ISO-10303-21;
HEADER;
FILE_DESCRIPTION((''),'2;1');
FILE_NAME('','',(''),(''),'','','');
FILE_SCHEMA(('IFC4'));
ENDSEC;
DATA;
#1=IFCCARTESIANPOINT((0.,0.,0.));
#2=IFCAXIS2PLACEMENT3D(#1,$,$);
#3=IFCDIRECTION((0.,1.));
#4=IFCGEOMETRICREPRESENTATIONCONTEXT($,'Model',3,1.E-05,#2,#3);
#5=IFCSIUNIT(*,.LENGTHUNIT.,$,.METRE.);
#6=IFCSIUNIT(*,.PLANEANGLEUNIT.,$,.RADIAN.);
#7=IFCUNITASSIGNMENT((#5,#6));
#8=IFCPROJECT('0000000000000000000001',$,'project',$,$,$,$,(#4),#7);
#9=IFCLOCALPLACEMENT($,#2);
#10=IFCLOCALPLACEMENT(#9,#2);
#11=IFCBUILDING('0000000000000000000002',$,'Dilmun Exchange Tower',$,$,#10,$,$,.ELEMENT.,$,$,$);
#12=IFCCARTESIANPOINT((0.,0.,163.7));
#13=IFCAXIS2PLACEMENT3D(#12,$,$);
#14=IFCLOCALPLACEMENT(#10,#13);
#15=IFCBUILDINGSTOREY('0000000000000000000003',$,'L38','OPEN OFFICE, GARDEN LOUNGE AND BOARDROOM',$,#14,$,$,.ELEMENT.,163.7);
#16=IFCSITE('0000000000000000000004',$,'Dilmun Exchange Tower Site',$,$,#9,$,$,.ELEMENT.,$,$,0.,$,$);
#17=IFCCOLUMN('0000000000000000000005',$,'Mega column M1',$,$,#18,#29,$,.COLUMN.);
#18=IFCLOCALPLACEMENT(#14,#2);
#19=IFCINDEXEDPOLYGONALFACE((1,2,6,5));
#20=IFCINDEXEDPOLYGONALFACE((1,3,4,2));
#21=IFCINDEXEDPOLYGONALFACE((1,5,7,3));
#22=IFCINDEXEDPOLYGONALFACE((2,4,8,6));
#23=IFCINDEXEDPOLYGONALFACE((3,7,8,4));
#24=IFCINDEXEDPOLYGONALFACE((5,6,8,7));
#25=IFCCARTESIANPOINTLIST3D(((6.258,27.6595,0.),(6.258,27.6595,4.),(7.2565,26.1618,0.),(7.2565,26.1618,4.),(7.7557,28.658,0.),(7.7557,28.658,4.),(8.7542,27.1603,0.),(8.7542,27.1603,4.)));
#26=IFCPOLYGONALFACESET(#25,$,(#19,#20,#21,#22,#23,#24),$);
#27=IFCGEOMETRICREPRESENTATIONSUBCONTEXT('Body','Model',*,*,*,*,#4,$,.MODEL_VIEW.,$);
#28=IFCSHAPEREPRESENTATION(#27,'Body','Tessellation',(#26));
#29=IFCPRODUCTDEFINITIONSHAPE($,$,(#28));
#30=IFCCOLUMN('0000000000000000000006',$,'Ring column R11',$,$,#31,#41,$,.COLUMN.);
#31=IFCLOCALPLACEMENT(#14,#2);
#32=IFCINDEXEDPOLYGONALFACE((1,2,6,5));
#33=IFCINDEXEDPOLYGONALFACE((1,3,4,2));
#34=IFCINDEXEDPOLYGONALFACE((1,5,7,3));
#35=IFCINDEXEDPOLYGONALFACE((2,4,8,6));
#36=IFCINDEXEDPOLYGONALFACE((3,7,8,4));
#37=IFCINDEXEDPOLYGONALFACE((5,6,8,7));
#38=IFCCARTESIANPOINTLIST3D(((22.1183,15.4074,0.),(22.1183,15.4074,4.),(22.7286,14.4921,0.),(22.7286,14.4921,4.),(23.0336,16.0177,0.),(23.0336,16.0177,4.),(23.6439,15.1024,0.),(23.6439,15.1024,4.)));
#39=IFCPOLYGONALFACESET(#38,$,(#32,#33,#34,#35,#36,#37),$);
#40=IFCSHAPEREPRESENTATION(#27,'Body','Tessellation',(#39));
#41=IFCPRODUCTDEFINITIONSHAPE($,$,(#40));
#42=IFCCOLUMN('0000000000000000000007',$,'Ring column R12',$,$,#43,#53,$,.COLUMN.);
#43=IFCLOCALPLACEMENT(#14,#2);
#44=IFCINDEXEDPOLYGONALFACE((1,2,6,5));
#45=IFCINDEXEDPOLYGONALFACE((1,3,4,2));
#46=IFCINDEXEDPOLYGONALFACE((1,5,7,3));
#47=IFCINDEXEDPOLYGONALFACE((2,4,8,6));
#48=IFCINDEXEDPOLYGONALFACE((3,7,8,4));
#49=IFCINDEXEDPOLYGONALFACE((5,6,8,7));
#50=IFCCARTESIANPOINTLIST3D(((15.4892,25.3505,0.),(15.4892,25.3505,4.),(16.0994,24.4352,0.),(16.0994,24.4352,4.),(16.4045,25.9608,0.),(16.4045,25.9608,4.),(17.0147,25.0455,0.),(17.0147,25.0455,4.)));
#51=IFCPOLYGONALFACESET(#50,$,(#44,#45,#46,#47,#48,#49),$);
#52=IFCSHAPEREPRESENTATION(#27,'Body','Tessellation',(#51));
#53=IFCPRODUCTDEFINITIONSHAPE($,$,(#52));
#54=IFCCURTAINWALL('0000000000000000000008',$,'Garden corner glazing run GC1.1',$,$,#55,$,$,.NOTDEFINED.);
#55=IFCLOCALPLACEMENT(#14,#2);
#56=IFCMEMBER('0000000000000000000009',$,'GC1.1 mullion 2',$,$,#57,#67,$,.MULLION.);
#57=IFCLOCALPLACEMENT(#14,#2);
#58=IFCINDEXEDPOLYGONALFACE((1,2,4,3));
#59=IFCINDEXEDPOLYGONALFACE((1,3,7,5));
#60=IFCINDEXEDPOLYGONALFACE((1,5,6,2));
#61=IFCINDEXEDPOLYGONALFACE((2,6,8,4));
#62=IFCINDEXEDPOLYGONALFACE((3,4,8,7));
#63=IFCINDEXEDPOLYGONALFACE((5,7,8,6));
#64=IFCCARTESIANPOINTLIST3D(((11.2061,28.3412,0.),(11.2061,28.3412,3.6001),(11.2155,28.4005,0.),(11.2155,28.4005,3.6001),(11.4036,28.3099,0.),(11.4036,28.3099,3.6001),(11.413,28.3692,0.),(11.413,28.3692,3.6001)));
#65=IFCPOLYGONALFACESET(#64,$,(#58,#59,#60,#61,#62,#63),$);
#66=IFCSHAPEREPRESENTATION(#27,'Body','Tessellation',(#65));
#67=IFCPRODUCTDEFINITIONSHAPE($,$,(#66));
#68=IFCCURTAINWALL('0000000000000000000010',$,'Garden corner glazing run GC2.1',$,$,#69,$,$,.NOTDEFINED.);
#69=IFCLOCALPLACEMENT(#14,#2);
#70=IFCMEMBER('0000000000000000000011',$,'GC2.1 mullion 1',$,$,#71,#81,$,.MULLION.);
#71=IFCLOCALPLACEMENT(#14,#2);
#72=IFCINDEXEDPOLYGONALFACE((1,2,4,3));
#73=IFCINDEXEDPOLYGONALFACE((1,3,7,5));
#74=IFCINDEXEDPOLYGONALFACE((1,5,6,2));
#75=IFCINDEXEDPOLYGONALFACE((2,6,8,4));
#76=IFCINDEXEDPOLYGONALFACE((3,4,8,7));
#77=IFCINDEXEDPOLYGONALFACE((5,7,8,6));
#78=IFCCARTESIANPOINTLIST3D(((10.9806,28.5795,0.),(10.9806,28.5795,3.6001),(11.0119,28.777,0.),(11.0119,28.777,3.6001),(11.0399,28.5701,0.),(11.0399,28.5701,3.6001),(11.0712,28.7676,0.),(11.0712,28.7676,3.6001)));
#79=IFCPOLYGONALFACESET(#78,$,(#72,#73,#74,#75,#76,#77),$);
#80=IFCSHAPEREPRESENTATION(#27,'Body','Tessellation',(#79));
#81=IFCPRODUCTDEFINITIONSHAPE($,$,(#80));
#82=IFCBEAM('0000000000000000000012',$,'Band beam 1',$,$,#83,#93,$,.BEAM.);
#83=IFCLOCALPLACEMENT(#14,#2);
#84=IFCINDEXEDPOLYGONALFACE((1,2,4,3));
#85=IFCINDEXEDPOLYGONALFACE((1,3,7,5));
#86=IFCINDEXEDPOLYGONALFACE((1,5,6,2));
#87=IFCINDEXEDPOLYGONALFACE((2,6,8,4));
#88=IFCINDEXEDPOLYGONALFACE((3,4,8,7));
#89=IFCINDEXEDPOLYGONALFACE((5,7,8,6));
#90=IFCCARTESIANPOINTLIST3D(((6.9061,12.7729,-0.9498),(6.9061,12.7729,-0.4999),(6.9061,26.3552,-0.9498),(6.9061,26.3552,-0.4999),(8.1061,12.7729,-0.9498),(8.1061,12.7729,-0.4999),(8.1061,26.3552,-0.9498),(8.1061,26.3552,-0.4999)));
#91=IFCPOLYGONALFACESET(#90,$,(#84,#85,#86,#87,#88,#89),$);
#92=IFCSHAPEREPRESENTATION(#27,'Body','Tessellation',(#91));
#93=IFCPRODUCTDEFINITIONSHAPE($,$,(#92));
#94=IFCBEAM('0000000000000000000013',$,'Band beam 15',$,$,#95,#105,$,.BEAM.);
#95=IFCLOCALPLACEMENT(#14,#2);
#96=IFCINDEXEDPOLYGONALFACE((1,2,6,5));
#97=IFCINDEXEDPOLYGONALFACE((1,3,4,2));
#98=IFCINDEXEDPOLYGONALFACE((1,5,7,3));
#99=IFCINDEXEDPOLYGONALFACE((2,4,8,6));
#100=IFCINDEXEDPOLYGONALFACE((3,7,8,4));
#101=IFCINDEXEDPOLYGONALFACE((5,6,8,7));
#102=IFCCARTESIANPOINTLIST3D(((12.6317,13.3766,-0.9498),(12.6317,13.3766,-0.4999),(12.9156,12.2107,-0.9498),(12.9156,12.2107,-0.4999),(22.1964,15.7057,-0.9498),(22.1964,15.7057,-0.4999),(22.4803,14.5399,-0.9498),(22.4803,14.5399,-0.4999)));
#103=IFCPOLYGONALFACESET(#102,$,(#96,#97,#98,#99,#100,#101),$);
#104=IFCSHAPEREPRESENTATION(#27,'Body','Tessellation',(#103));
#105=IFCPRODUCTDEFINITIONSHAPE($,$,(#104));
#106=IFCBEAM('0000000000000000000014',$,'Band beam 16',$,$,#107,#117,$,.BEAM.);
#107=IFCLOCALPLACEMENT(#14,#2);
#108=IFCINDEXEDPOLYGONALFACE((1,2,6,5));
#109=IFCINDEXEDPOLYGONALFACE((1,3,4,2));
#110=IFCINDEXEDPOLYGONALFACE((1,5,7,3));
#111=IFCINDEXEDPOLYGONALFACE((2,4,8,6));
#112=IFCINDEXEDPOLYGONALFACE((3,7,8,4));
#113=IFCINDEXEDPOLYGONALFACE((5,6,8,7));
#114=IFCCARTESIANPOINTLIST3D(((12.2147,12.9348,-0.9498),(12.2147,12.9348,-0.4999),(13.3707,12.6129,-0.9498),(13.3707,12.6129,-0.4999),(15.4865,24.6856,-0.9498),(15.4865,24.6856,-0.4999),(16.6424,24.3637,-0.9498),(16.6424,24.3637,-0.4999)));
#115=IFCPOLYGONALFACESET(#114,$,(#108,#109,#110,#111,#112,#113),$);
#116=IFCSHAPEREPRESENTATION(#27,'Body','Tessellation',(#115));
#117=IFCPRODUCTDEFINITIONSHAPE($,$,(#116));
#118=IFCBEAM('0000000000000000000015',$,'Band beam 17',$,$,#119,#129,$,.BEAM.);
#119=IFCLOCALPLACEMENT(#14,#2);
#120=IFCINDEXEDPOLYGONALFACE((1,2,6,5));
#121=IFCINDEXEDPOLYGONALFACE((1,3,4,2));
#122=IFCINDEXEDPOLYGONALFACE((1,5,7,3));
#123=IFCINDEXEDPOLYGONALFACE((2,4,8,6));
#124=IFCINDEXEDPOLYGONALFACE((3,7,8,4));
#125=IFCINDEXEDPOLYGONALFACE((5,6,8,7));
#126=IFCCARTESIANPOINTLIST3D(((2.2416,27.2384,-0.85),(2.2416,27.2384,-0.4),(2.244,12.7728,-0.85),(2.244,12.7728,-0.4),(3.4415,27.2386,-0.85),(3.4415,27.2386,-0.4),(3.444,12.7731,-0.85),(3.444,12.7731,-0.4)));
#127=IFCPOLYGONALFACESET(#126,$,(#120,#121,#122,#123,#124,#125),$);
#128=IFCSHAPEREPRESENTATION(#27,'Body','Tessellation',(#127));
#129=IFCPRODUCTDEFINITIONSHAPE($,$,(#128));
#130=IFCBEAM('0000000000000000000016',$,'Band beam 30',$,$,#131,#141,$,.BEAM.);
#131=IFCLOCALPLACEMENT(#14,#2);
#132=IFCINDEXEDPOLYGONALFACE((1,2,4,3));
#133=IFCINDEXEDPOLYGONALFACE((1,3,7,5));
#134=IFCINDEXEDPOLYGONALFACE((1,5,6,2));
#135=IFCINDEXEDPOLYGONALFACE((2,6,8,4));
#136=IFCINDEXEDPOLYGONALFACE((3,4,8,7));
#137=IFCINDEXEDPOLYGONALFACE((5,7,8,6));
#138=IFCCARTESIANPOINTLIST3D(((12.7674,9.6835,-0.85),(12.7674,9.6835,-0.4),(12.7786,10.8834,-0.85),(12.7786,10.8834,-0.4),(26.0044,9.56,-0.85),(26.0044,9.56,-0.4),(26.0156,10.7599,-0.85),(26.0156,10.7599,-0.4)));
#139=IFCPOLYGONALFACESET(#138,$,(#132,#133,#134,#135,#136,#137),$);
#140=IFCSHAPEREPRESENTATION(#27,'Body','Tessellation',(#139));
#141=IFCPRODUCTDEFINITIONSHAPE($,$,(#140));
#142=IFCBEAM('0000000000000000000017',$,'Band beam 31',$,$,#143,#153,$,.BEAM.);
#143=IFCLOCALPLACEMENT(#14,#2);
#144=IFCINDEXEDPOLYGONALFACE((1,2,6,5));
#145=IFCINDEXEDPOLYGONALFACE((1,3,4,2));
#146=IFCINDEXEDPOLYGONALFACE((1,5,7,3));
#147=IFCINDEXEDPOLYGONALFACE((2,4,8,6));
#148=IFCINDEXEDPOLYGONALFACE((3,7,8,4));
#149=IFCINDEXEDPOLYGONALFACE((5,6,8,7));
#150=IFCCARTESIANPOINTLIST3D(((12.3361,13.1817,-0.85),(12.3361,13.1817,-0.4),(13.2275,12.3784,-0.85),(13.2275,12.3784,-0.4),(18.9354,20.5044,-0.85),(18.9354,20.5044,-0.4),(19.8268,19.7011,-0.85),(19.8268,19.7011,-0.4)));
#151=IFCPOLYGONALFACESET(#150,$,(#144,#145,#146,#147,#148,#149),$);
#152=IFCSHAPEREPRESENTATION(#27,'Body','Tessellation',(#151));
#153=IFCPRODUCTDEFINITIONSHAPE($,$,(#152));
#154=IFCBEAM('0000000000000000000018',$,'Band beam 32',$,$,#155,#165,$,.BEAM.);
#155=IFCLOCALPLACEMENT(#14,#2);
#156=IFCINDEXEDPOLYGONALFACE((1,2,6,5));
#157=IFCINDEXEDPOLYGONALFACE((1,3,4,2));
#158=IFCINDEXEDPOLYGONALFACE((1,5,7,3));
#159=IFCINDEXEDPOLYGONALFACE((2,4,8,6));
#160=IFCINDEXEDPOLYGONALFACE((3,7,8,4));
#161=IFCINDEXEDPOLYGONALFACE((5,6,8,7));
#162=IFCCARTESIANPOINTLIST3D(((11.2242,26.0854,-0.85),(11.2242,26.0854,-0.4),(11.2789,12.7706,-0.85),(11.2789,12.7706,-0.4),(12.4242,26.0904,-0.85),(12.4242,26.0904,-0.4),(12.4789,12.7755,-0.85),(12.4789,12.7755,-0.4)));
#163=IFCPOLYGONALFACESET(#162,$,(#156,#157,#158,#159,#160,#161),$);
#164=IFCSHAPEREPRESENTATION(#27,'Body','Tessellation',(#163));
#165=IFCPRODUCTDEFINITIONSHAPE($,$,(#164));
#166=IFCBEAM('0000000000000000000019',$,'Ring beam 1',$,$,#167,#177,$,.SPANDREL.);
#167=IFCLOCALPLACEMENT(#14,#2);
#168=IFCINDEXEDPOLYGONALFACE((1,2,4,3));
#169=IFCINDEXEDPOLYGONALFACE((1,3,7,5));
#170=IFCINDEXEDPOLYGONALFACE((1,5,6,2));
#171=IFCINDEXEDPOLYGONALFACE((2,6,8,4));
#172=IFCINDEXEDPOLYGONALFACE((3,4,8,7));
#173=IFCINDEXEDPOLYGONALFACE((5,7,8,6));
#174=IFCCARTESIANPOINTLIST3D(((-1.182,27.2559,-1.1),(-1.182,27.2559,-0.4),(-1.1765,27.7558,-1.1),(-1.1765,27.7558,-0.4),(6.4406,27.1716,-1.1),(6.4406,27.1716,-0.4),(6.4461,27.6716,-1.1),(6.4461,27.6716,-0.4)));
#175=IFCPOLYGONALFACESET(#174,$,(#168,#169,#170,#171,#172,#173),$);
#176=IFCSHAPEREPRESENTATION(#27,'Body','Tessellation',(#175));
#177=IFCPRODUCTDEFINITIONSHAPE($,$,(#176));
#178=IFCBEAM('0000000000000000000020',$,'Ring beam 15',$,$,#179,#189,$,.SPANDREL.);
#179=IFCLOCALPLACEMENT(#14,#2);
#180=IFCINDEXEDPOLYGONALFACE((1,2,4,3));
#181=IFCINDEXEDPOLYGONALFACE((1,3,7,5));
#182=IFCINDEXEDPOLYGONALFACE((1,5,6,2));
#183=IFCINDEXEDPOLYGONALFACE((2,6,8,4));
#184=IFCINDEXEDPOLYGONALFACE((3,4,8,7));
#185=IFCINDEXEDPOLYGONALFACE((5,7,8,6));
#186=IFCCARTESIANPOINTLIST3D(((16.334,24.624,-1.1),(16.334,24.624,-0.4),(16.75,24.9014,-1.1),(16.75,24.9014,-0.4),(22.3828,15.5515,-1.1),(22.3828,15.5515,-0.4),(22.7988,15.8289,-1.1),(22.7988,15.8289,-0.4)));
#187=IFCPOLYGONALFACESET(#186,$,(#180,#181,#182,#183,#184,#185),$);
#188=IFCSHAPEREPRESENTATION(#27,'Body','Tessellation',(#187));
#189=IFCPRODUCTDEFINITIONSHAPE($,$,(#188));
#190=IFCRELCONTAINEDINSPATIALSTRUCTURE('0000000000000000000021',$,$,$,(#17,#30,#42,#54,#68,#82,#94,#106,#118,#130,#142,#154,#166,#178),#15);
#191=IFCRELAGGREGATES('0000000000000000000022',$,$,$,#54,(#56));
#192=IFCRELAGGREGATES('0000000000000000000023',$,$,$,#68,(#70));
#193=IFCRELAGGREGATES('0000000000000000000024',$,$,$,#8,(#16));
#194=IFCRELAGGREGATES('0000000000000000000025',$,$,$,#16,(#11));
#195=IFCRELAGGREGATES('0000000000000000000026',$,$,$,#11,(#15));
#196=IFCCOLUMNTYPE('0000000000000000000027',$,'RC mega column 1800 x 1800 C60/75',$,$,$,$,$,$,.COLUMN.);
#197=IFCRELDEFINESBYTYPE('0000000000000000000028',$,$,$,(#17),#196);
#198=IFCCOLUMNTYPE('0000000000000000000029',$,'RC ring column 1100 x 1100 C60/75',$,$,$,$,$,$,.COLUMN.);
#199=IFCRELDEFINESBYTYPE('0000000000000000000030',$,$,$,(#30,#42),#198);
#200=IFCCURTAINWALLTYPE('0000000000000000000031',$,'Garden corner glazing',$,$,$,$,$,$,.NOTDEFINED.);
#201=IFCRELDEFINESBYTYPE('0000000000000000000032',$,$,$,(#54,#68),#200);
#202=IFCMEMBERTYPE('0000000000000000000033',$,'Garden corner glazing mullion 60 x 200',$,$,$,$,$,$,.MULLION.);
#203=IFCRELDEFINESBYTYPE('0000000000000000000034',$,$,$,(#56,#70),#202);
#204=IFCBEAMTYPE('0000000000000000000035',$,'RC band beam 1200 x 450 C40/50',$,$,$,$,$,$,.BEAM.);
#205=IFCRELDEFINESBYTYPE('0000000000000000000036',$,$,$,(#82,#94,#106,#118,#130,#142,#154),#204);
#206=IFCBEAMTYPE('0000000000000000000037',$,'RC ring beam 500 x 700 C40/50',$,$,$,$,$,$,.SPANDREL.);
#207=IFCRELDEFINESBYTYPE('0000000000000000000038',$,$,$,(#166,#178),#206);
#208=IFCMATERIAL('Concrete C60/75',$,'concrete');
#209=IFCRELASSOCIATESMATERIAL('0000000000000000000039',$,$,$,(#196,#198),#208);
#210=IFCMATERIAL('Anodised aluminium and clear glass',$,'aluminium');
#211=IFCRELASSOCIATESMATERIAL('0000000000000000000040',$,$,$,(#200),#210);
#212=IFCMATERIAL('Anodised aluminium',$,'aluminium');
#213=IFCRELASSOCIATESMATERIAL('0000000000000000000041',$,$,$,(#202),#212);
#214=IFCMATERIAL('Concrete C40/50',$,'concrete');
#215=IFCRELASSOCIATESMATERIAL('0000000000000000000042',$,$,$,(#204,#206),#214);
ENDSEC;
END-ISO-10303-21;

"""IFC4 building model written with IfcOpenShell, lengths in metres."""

from ifc_helpers import new_model, si_unit, direction, frame, origin, origin_2d, place, context, subcontext, project, spatial, rectangle, extrude, material, material_profile, profile_set, type_object, element, aggregate, save


model = new_model("IFC4")

# Units and contexts
model_context = context("Model", 3, precision=1e-05, world=origin(), true_north=direction((0.0, 1.0)))
body_context = subcontext(model_context, "Body", "Model", "MODEL_VIEW")
ifc_project = project(units=[si_unit("LENGTHUNIT", "METRE"), si_unit("PLANEANGLEUNIT", "RADIAN")], contexts=[model_context])

# Site, building, storey
site_placement = place(None, origin())
site = spatial("IfcSite", under=ifc_project, at=site_placement, Name="Dilmun Exchange Tower Site", CompositionType="ELEMENT", RefElevation=0.0)
building_placement = place(site_placement, origin())
building = spatial("IfcBuilding", under=site, at=building_placement, Name="Dilmun Exchange Tower", CompositionType="ELEMENT")
storey_placement = place(building_placement, frame((0.0, 0.0, 163.7)))
storey = spatial("IfcBuildingStorey", under=building, at=storey_placement, Name="L38", Description="OPEN OFFICE, GARDEN LOUNGE AND BOARDROOM", CompositionType="ELEMENT", Elevation=163.7)

# Columns
ifc_material_1 = material(Name="Concrete C60/75", Category="concrete")
ifc_material_profile_1 = material_profile(ifc_material_1, rectangle(XDim=1.8, YDim=1.8, at=origin_2d()), Name="1800 x 1800")
ifc_profile_set_1 = profile_set([ifc_material_profile_1], Name="Concrete C60/75")
column_type_1 = type_object("IfcColumnType", Name="RC mega column 1800 x 1800 C60/75", PredefinedType="COLUMN", material=ifc_profile_set_1)
column_placement = place(storey_placement, frame((7.5061, 27.4099, 0.0), z_axis=(0.0, 0.0, 1.0), x_axis=(0.832029, 0.554733, 0.0)))
element("IfcColumn", 1, at=column_placement, inside=storey, type_object=column_type_1, Name="Mega column M1", PredefinedType="COLUMN", context=body_context, shape_type="SweptSolid", body=[
    extrude(rectangle(XDim=1.8, YDim=1.8, at=origin_2d()), origin(), (0.0, 0.0, 1.0), 4.0),
])
ifc_material_profile_2 = material_profile(ifc_material_1, rectangle(XDim=1.1001, YDim=1.1001, at=origin_2d()), Name="1100 x 1100")
ifc_profile_set_2 = profile_set([ifc_material_profile_2], Name="Concrete C60/75")
column_type_2 = type_object("IfcColumnType", Name="RC ring column 1100 x 1100 C60/75", PredefinedType="COLUMN", material=ifc_profile_set_2)
for number, where, z_axis, x_axis, name in (
    (2, (22.8811, 15.2549, 0.0), (0.0, 0.0, 1.0), (0.832029, 0.554733, 0.0), "Ring column R11"),
    (3, (16.252, 25.198, 0.0), (0.0, 0.0, 1.0), (0.832029, 0.554733, 0.0), "Ring column R12"),
):
    element("IfcColumn", number, at=place(storey_placement, frame(where, z_axis=z_axis, x_axis=x_axis)), inside=storey, type_object=column_type_2, Name=name, PredefinedType="COLUMN", context=body_context, shape_type="SweptSolid", body=[
        extrude(rectangle(XDim=1.1001, YDim=1.1001, at=origin_2d()), origin(), (0.0, 0.0, 1.0), 4.0),
    ])

# Curtain walls, members
ifc_material_2 = material(Name="Anodised aluminium and clear glass", Category="aluminium")
curtain_wall_type = type_object("IfcCurtainWallType", Name="Garden corner glazing", PredefinedType="NOTDEFINED", material=ifc_material_2)
curtain_wall_1_placement = place(storey_placement, origin())
curtain_wall_1 = element("IfcCurtainWall", 4, at=curtain_wall_1_placement, inside=storey, type_object=curtain_wall_type, Name="Garden corner glazing run GC1.1", PredefinedType="NOTDEFINED")
ifc_material_3 = material(Name="Anodised aluminium", Category="aluminium")
ifc_material_profile_3 = material_profile(ifc_material_3, rectangle(XDim=0.2, YDim=0.0601, at=origin_2d()), Name="AL 60x200")
ifc_profile_set_3 = profile_set([ifc_material_profile_3], Name="Anodised aluminium")
member_type = type_object("IfcMemberType", Name="Garden corner glazing mullion 60 x 200", PredefinedType="MULLION", material=ifc_profile_set_3)
member_1_placement = place(storey_placement, frame((11.3096, 28.3552, 0.0), z_axis=(0.0, 0.0, 1.0), x_axis=(0.987688, -0.156439, 0.0)))
member_1 = element("IfcMember", 5, at=member_1_placement, type_object=member_type, Name="GC1.1 mullion 2", PredefinedType="MULLION", context=body_context, shape_type="SweptSolid", body=[
    extrude(rectangle(XDim=0.2, YDim=0.0601, at=origin_2d()), origin(), (0.0, 0.0, 1.0), 3.6001),
])
aggregate(curtain_wall_1, [member_1])
curtain_wall_2_placement = place(storey_placement, origin())
curtain_wall_2 = element("IfcCurtainWall", 6, at=curtain_wall_2_placement, inside=storey, type_object=curtain_wall_type, Name="Garden corner glazing run GC2.1", PredefinedType="NOTDEFINED")
member_2_placement = place(storey_placement, frame((11.0259, 28.6736, 0.0), z_axis=(0.0, 0.0, 1.0), x_axis=(-0.156421, -0.98769, 0.0)))
member_2 = element("IfcMember", 7, at=member_2_placement, type_object=member_type, Name="GC2.1 mullion 1", PredefinedType="MULLION", context=body_context, shape_type="SweptSolid", body=[
    extrude(rectangle(XDim=0.2, YDim=0.0601, at=origin_2d()), origin(), (0.0, 0.0, 1.0), 3.6001),
])
aggregate(curtain_wall_2, [member_2])

# Beams
ifc_material_4 = material(Name="Concrete C40/50", Category="concrete")
ifc_material_profile_4 = material_profile(ifc_material_4, rectangle(XDim=1.2, YDim=0.45, at=origin_2d()), Name="1200 x 450")
ifc_profile_set_4 = profile_set([ifc_material_profile_4], Name="Concrete C40/50")
beam_type_1 = type_object("IfcBeamType", Name="RC band beam 1200 x 450 C40/50", PredefinedType="BEAM", material=ifc_profile_set_4)
beam_1_placement = place(storey_placement, frame((7.5061, 26.3552, -0.7249), z_axis=(0.0, -1.0, 0.0), x_axis=(1.0, 0.0, 0.0)))
element("IfcBeam", 8, at=beam_1_placement, inside=storey, type_object=beam_type_1, Name="Band beam 1", PredefinedType="BEAM", context=body_context, shape_type="SweptSolid", body=[
    extrude(rectangle(XDim=1.2, YDim=0.45, at=origin_2d()), origin(), (0.0, 0.0, 1.0), 13.5823),
])
beam_2_placement = place(storey_placement, frame((22.3384, 15.1228, -0.7249), z_axis=(-0.971608, -0.236596, 0.0), x_axis=(0.236596, -0.971608, 0.0)))
element("IfcBeam", 9, at=beam_2_placement, inside=storey, type_object=beam_type_1, Name="Band beam 15", PredefinedType="BEAM", context=body_context, shape_type="SweptSolid", body=[
    extrude(rectangle(XDim=1.2, YDim=0.45, at=origin_2d()), origin(), (0.0, 0.0, 1.0), 9.8442),
])
beam_3_placement = place(storey_placement, frame((16.0645, 24.5247, -0.7249), z_axis=(-0.268225, -0.963356, 0.0), x_axis=(0.963356, -0.268225, 0.0)))
element("IfcBeam", 10, at=beam_3_placement, inside=storey, type_object=beam_type_1, Name="Band beam 16", PredefinedType="BEAM", context=body_context, shape_type="SweptSolid", body=[
    extrude(rectangle(XDim=1.2, YDim=0.45, at=origin_2d()), origin(), (0.0, 0.0, 1.0), 12.1978),
])
beam_4_placement = place(storey_placement, frame((2.8416, 27.2385, -0.625), z_axis=(0.000169, -1.0, 0.0), x_axis=(1.0, 0.000169, 0.0)))
element("IfcBeam", 11, at=beam_4_placement, inside=storey, type_object=beam_type_1, Name="Band beam 17", PredefinedType="BEAM", context=body_context, shape_type="SweptSolid", body=[
    extrude(rectangle(XDim=1.2, YDim=0.45, at=origin_2d()), origin(), (0.0, 0.0, 1.0), 14.4656),
])
beam_5_placement = place(storey_placement, frame((26.01, 10.1599, -0.625), z_axis=(-0.999956, 0.009332, 0.0), x_axis=(-0.009332, -0.999956, 0.0)))
element("IfcBeam", 12, at=beam_5_placement, inside=storey, type_object=beam_type_1, Name="Band beam 30", PredefinedType="BEAM", context=body_context, shape_type="SweptSolid", body=[
    extrude(rectangle(XDim=1.2, YDim=0.45, at=origin_2d()), origin(), (0.0, 0.0, 1.0), 13.2375),
])
beam_6_placement = place(storey_placement, frame((19.3811, 20.1028, -0.625), z_axis=(-0.669463, -0.742846, 0.0), x_axis=(0.742846, -0.669463, 0.0)))
element("IfcBeam", 13, at=beam_6_placement, inside=storey, type_object=beam_type_1, Name="Band beam 31", PredefinedType="BEAM", context=body_context, shape_type="SweptSolid", body=[
    extrude(rectangle(XDim=1.2, YDim=0.45, at=origin_2d()), origin(), (0.0, 0.0, 1.0), 9.8577),
])
beam_7_placement = place(storey_placement, frame((11.8242, 26.0879, -0.625), z_axis=(0.004107, -0.999992, 0.0), x_axis=(0.999992, 0.004107, 0.0)))
element("IfcBeam", 14, at=beam_7_placement, inside=storey, type_object=beam_type_1, Name="Band beam 32", PredefinedType="BEAM", context=body_context, shape_type="SweptSolid", body=[
    extrude(rectangle(XDim=1.2, YDim=0.45, at=origin_2d()), origin(), (0.0, 0.0, 1.0), 13.3149),
])
ifc_material_profile_5 = material_profile(ifc_material_4, rectangle(XDim=0.5, YDim=0.7, at=origin_2d()), Name="500 x 700")
ifc_profile_set_5 = profile_set([ifc_material_profile_5], Name="Concrete C40/50")
beam_type_2 = type_object("IfcBeamType", Name="RC ring beam 500 x 700 C40/50", PredefinedType="SPANDREL", material=ifc_profile_set_5)
beam_8_placement = place(storey_placement, frame((6.4434, 27.4216, -0.75), z_axis=(-0.999939, 0.011049, 0.0), x_axis=(-0.011049, -0.999939, 0.0)))
element("IfcBeam", 15, at=beam_8_placement, inside=storey, type_object=beam_type_2, Name="Ring beam 1", PredefinedType="SPANDREL", context=body_context, shape_type="SweptSolid", body=[
    extrude(rectangle(XDim=0.5, YDim=0.7, at=origin_2d()), origin(), (0.0, 0.0, 1.0), 7.623),
])
beam_9_placement = place(storey_placement, frame((22.5908, 15.6902, -0.75), z_axis=(-0.554731, 0.83203, 0.0), x_axis=(-0.83203, -0.554731, 0.0)))
element("IfcBeam", 16, at=beam_9_placement, inside=storey, type_object=beam_type_2, Name="Ring beam 15", PredefinedType="SPANDREL", context=body_context, shape_type="SweptSolid", body=[
    extrude(rectangle(XDim=0.5, YDim=0.7, at=origin_2d()), origin(), (0.0, 0.0, 1.0), 10.9041),
])

save(model, "model.ifc")
